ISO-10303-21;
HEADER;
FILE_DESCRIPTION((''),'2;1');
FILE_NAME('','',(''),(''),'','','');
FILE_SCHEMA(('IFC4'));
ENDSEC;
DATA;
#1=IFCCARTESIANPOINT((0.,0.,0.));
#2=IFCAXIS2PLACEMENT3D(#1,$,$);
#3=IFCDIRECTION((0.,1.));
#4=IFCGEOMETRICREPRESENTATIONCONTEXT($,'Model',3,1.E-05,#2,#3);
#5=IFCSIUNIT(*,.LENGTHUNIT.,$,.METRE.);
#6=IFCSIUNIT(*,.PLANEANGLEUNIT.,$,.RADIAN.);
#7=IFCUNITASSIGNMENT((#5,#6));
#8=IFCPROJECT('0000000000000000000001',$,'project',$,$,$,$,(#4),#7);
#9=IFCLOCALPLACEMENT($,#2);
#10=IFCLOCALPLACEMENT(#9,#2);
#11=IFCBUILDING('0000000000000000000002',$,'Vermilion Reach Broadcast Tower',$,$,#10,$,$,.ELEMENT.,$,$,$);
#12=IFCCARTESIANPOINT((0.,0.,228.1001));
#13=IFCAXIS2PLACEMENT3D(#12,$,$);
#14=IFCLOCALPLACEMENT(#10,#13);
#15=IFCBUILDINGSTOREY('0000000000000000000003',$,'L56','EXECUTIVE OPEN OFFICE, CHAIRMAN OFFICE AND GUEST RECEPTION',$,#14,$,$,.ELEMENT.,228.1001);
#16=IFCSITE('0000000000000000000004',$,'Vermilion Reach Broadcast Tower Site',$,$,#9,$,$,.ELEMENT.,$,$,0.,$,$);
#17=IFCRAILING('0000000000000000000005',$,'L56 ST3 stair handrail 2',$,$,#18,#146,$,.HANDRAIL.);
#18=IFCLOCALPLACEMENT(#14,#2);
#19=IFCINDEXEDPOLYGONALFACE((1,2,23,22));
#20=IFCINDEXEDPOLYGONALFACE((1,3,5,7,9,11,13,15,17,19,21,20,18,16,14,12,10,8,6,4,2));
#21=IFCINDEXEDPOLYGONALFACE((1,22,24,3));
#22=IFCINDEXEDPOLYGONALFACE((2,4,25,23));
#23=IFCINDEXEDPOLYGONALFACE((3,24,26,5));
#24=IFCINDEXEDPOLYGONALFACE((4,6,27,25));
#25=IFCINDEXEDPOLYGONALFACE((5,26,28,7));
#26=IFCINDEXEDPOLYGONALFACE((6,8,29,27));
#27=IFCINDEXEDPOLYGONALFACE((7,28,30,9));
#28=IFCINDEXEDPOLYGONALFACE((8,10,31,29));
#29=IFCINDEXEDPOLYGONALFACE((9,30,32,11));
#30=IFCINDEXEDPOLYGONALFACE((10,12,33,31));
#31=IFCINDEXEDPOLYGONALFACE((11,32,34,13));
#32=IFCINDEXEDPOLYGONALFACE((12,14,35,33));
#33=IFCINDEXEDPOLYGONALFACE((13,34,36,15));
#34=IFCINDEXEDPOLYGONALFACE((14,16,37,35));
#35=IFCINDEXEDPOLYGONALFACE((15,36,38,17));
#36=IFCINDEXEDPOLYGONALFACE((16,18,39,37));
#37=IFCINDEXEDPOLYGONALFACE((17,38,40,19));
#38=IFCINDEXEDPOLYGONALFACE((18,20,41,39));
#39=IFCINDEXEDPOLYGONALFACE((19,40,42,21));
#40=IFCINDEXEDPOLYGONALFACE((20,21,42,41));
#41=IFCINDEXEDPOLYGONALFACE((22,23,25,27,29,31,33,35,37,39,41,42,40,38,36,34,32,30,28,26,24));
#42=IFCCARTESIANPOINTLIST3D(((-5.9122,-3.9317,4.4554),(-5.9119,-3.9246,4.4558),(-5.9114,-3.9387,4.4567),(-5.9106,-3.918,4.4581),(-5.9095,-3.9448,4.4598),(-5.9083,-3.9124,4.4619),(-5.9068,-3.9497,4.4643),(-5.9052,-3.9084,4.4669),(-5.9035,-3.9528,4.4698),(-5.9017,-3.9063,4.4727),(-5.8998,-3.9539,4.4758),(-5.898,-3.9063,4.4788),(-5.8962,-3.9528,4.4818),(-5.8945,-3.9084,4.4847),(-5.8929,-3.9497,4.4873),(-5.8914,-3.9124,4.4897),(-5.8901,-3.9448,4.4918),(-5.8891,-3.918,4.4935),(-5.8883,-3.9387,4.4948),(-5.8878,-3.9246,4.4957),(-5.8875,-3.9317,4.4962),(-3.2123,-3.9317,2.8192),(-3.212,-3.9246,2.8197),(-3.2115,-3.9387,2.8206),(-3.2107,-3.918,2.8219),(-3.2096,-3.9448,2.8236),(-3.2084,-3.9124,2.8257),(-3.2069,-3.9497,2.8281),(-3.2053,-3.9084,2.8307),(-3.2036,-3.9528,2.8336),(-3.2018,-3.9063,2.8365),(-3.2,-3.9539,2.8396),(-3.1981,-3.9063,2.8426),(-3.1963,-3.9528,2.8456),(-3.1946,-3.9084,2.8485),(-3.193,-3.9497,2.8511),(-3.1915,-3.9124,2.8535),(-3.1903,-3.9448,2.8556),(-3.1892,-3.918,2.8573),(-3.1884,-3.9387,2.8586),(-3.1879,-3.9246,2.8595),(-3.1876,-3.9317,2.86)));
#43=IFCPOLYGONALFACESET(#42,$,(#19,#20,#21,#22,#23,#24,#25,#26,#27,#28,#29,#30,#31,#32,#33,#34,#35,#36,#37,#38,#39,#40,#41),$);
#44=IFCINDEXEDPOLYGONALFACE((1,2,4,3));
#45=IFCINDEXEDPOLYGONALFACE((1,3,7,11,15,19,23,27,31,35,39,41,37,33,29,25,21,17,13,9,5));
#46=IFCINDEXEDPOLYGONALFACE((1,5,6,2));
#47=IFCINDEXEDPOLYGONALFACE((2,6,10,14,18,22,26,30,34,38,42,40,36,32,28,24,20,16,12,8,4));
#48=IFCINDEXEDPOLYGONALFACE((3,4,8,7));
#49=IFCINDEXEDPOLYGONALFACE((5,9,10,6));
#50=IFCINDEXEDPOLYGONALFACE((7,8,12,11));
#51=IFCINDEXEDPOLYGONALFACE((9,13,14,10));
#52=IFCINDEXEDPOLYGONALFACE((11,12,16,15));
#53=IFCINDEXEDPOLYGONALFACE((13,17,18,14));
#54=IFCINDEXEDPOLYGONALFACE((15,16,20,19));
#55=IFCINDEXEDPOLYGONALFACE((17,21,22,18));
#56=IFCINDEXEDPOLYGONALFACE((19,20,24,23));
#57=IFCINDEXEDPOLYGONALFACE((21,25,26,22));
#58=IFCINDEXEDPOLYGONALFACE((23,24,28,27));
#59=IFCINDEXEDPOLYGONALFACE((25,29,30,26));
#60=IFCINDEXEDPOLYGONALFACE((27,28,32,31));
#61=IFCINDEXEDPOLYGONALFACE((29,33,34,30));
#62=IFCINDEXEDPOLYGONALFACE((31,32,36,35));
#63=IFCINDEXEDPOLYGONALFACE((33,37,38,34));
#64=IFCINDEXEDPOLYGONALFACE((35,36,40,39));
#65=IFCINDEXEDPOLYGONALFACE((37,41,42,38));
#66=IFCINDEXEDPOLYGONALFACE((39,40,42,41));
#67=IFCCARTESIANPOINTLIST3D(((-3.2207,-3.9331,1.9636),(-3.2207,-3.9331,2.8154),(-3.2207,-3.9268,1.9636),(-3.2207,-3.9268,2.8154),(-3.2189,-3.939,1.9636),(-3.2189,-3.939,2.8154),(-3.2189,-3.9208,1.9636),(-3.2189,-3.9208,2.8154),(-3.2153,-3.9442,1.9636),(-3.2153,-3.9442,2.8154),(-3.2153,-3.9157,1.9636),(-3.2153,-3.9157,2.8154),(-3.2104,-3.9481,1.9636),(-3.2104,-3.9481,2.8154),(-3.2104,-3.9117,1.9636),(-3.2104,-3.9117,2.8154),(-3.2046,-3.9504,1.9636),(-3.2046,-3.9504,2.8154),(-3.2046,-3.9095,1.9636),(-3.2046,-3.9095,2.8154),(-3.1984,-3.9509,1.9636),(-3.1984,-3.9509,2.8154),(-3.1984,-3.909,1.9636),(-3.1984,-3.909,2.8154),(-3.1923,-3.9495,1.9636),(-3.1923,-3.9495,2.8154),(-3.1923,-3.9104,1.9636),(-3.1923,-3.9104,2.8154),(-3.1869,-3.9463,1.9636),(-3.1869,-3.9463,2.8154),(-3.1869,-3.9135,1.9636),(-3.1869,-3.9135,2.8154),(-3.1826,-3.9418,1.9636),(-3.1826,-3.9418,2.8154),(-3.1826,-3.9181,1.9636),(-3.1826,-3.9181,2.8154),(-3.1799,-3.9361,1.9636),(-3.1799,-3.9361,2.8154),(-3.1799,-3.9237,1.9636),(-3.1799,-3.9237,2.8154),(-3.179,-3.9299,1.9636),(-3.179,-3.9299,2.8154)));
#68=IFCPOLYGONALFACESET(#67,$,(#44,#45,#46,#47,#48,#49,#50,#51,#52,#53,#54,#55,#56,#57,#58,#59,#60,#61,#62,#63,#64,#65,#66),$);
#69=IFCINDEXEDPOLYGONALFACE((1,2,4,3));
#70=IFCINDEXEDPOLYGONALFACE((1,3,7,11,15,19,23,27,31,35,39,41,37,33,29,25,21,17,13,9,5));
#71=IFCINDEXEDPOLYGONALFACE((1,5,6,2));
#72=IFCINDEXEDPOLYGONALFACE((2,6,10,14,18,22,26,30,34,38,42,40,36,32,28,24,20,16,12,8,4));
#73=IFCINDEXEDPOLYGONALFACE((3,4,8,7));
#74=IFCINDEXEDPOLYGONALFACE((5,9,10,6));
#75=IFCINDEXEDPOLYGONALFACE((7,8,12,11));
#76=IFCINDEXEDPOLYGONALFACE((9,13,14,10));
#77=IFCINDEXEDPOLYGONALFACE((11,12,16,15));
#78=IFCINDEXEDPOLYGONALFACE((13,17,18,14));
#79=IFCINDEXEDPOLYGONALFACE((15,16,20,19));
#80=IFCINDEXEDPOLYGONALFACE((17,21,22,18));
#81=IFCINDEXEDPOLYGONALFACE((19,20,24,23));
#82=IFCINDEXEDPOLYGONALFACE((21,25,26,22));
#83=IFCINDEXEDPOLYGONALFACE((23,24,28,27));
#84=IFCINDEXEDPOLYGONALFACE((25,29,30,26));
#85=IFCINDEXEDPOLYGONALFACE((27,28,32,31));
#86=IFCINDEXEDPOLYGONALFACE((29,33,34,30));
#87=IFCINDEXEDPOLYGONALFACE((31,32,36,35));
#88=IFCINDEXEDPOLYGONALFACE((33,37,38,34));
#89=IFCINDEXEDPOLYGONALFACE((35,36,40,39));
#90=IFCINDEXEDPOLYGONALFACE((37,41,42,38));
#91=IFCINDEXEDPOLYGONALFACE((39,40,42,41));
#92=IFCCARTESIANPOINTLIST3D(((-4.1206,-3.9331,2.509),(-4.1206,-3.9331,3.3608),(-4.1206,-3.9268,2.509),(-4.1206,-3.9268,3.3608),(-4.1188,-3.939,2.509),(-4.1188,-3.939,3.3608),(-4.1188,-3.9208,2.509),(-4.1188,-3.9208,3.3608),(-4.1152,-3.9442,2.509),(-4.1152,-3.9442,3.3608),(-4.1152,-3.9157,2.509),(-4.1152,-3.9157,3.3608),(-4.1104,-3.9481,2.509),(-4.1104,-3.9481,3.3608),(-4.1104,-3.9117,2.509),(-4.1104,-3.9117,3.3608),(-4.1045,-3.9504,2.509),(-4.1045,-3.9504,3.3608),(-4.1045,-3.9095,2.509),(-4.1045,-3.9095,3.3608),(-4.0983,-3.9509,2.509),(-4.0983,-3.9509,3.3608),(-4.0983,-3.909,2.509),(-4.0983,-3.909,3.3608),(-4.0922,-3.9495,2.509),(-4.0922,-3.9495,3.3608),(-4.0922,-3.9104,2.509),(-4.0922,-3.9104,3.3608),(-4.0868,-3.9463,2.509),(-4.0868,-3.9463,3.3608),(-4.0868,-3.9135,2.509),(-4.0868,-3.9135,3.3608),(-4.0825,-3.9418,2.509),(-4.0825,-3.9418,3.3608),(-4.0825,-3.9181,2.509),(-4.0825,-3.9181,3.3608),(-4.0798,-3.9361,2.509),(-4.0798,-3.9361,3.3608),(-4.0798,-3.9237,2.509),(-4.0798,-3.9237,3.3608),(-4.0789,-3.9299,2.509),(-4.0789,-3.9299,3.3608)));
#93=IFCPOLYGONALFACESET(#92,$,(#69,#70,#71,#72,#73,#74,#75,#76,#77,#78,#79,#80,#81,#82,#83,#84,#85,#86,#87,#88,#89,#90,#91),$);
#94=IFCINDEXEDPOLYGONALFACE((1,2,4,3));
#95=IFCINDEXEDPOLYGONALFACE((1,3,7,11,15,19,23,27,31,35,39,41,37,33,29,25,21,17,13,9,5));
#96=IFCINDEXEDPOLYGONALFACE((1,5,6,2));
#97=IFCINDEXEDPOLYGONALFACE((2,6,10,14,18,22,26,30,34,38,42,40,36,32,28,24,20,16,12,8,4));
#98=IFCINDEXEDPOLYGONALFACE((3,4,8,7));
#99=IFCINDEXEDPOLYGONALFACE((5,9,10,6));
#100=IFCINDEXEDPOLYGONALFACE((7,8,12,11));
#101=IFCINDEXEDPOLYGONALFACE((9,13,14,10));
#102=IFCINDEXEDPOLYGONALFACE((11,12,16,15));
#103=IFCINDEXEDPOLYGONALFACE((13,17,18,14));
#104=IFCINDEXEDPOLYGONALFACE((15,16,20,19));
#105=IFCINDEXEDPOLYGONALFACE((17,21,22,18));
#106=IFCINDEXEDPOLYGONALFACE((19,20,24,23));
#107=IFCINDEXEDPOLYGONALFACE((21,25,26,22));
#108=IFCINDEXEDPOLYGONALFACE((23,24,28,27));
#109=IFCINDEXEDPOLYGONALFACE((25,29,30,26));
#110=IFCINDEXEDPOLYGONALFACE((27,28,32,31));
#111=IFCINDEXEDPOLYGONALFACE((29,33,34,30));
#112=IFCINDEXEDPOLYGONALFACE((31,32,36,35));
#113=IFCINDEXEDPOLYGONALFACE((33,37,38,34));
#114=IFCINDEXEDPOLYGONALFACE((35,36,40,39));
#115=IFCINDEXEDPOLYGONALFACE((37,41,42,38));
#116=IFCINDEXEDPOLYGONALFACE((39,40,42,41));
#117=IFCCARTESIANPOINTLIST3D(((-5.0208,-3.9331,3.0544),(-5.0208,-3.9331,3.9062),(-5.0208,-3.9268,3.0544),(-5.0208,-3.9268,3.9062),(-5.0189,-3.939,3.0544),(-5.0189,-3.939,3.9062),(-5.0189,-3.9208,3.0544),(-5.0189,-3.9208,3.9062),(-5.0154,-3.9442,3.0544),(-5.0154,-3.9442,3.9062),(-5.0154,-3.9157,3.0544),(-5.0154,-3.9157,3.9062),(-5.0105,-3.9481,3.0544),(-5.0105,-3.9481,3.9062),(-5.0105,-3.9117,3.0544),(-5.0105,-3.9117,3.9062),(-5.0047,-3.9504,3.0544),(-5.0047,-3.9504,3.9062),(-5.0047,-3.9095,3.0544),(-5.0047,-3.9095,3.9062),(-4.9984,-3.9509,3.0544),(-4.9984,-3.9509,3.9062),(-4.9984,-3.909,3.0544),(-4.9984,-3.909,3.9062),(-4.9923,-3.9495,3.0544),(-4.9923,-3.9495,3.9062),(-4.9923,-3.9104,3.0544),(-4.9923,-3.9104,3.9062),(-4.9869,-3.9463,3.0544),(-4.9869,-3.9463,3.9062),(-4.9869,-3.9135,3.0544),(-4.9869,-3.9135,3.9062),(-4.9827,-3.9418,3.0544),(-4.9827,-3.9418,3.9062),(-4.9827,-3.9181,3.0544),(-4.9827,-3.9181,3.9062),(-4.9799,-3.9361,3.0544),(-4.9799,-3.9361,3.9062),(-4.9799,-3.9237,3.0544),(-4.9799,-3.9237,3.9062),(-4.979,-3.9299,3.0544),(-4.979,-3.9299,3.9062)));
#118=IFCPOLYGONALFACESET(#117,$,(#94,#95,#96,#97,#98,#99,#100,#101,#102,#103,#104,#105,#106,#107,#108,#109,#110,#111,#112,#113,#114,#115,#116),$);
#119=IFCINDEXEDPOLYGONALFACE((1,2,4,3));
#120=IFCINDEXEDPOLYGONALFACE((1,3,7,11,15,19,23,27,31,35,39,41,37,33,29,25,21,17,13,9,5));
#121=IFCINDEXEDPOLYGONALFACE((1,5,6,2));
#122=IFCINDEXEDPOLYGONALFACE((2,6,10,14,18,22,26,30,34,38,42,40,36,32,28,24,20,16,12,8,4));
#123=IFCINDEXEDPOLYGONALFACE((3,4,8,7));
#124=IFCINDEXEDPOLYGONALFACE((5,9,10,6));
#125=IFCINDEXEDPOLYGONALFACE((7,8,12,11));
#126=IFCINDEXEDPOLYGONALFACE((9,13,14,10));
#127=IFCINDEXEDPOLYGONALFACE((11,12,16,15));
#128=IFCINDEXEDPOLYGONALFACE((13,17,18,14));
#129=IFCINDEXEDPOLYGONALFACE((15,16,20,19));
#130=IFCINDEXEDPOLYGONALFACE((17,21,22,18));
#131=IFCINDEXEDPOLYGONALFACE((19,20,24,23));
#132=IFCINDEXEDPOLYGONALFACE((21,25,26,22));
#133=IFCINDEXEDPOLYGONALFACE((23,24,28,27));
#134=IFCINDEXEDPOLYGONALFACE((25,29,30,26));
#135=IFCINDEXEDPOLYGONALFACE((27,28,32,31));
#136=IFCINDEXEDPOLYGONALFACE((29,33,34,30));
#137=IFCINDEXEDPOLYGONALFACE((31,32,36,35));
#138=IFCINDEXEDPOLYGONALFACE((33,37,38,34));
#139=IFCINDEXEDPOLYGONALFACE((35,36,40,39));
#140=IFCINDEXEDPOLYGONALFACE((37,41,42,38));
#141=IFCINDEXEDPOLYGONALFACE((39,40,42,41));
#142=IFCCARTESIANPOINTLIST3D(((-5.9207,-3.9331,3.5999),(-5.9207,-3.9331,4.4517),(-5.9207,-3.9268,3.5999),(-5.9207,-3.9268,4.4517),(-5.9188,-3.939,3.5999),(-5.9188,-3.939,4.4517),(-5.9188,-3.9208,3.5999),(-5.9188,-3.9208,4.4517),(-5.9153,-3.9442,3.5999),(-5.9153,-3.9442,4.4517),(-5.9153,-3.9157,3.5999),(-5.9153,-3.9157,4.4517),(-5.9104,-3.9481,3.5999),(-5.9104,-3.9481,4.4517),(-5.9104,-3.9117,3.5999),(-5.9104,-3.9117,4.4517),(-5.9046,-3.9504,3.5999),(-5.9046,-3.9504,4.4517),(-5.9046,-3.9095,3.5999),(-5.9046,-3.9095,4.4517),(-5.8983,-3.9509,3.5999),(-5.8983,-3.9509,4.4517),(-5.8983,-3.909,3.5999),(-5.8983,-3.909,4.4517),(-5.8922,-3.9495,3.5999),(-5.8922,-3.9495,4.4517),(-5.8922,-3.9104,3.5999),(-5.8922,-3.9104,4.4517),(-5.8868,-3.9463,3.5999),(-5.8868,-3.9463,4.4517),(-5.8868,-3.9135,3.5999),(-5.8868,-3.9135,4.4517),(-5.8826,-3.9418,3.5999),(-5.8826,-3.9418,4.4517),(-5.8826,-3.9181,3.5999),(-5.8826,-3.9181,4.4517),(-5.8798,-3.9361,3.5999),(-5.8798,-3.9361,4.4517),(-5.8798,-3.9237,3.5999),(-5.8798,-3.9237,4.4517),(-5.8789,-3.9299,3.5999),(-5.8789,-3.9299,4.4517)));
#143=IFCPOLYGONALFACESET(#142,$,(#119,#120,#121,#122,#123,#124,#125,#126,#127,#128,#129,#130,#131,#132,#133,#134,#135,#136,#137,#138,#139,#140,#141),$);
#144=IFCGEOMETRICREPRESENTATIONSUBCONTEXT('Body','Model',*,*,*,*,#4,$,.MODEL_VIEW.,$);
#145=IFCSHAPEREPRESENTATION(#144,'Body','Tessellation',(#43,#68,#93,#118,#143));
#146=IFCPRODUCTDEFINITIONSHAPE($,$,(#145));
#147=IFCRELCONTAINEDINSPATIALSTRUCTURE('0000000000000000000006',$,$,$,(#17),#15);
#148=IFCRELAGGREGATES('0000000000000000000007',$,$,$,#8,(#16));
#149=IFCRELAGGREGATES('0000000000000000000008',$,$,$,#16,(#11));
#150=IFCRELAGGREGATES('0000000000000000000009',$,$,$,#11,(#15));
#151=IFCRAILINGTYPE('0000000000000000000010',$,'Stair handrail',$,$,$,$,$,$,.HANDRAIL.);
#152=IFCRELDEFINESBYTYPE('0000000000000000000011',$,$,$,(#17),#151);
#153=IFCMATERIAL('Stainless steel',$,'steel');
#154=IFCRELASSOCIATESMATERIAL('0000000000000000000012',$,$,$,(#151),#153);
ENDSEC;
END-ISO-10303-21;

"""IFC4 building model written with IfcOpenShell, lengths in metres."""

from ifc_helpers import new_model, si_unit, direction, frame, origin, origin_2d, place, context, subcontext, project, spatial, circle, extrude, material, type_object, element, save


model = new_model("IFC4")

# Units and contexts
model_context = context("Model", 3, precision=1e-05, world=origin(), true_north=direction((0.0, 1.0)))
body_context = subcontext(model_context, "Body", "Model", "MODEL_VIEW")
ifc_project = project(units=[si_unit("LENGTHUNIT", "METRE"), si_unit("PLANEANGLEUNIT", "RADIAN")], contexts=[model_context])

# Site, building, storey
site_placement = place(None, origin())
site = spatial("IfcSite", under=ifc_project, at=site_placement, Name="Vermilion Reach Broadcast Tower Site", CompositionType="ELEMENT", RefElevation=0.0)
building_placement = place(site_placement, origin())
building = spatial("IfcBuilding", under=site, at=building_placement, Name="Vermilion Reach Broadcast Tower", CompositionType="ELEMENT")
storey_placement = place(building_placement, frame((0.0, 0.0, 228.1001)))
storey = spatial("IfcBuildingStorey", under=building, at=storey_placement, Name="L56", Description="EXECUTIVE OPEN OFFICE, CHAIRMAN OFFICE AND GUEST RECEPTION", CompositionType="ELEMENT", Elevation=228.1001)

# Railing
ifc_material_1 = material(Name="Stainless steel", Category="steel")
railing_type_1 = type_object("IfcRailingType", Name="Stair handrail", PredefinedType="HANDRAIL", material=ifc_material_1)
railing_1_placement = place(storey_placement, frame((-3.2, -3.9299, 1.9636)))
element("IfcRailing", 1, at=railing_1_placement, inside=storey, type_object=railing_type_1, Name="L56 ST3 stair handrail 2", PredefinedType="HANDRAIL", context=body_context, shape_type="SweptSolid", body=[
    extrude(circle(Radius=0.0239, at=origin_2d()), frame((0.0, 0.0, 0.876), z_axis=(-0.855212, 0.0, 0.518278), x_axis=(0.0, -1.0, 0.0)), (0.0, 0.0, 1.0), 3.157),
    extrude(circle(Radius=0.021, at=origin_2d()), origin(), (0.0, 0.0, 1.0), 0.8518),
    extrude(circle(Radius=0.021, at=origin_2d()), frame((-0.8999, 0.0, 0.5454)), (0.0, 0.0, 1.0), 0.8518),
    extrude(circle(Radius=0.021, at=origin_2d()), frame((-1.8, 0.0, 1.0908)), (0.0, 0.0, 1.0), 0.8518),
    extrude(circle(Radius=0.021, at=origin_2d()), frame((-2.7, 0.0, 1.6362)), (0.0, 0.0, 1.0), 0.8518),
])

save(model, "model.ifc")
